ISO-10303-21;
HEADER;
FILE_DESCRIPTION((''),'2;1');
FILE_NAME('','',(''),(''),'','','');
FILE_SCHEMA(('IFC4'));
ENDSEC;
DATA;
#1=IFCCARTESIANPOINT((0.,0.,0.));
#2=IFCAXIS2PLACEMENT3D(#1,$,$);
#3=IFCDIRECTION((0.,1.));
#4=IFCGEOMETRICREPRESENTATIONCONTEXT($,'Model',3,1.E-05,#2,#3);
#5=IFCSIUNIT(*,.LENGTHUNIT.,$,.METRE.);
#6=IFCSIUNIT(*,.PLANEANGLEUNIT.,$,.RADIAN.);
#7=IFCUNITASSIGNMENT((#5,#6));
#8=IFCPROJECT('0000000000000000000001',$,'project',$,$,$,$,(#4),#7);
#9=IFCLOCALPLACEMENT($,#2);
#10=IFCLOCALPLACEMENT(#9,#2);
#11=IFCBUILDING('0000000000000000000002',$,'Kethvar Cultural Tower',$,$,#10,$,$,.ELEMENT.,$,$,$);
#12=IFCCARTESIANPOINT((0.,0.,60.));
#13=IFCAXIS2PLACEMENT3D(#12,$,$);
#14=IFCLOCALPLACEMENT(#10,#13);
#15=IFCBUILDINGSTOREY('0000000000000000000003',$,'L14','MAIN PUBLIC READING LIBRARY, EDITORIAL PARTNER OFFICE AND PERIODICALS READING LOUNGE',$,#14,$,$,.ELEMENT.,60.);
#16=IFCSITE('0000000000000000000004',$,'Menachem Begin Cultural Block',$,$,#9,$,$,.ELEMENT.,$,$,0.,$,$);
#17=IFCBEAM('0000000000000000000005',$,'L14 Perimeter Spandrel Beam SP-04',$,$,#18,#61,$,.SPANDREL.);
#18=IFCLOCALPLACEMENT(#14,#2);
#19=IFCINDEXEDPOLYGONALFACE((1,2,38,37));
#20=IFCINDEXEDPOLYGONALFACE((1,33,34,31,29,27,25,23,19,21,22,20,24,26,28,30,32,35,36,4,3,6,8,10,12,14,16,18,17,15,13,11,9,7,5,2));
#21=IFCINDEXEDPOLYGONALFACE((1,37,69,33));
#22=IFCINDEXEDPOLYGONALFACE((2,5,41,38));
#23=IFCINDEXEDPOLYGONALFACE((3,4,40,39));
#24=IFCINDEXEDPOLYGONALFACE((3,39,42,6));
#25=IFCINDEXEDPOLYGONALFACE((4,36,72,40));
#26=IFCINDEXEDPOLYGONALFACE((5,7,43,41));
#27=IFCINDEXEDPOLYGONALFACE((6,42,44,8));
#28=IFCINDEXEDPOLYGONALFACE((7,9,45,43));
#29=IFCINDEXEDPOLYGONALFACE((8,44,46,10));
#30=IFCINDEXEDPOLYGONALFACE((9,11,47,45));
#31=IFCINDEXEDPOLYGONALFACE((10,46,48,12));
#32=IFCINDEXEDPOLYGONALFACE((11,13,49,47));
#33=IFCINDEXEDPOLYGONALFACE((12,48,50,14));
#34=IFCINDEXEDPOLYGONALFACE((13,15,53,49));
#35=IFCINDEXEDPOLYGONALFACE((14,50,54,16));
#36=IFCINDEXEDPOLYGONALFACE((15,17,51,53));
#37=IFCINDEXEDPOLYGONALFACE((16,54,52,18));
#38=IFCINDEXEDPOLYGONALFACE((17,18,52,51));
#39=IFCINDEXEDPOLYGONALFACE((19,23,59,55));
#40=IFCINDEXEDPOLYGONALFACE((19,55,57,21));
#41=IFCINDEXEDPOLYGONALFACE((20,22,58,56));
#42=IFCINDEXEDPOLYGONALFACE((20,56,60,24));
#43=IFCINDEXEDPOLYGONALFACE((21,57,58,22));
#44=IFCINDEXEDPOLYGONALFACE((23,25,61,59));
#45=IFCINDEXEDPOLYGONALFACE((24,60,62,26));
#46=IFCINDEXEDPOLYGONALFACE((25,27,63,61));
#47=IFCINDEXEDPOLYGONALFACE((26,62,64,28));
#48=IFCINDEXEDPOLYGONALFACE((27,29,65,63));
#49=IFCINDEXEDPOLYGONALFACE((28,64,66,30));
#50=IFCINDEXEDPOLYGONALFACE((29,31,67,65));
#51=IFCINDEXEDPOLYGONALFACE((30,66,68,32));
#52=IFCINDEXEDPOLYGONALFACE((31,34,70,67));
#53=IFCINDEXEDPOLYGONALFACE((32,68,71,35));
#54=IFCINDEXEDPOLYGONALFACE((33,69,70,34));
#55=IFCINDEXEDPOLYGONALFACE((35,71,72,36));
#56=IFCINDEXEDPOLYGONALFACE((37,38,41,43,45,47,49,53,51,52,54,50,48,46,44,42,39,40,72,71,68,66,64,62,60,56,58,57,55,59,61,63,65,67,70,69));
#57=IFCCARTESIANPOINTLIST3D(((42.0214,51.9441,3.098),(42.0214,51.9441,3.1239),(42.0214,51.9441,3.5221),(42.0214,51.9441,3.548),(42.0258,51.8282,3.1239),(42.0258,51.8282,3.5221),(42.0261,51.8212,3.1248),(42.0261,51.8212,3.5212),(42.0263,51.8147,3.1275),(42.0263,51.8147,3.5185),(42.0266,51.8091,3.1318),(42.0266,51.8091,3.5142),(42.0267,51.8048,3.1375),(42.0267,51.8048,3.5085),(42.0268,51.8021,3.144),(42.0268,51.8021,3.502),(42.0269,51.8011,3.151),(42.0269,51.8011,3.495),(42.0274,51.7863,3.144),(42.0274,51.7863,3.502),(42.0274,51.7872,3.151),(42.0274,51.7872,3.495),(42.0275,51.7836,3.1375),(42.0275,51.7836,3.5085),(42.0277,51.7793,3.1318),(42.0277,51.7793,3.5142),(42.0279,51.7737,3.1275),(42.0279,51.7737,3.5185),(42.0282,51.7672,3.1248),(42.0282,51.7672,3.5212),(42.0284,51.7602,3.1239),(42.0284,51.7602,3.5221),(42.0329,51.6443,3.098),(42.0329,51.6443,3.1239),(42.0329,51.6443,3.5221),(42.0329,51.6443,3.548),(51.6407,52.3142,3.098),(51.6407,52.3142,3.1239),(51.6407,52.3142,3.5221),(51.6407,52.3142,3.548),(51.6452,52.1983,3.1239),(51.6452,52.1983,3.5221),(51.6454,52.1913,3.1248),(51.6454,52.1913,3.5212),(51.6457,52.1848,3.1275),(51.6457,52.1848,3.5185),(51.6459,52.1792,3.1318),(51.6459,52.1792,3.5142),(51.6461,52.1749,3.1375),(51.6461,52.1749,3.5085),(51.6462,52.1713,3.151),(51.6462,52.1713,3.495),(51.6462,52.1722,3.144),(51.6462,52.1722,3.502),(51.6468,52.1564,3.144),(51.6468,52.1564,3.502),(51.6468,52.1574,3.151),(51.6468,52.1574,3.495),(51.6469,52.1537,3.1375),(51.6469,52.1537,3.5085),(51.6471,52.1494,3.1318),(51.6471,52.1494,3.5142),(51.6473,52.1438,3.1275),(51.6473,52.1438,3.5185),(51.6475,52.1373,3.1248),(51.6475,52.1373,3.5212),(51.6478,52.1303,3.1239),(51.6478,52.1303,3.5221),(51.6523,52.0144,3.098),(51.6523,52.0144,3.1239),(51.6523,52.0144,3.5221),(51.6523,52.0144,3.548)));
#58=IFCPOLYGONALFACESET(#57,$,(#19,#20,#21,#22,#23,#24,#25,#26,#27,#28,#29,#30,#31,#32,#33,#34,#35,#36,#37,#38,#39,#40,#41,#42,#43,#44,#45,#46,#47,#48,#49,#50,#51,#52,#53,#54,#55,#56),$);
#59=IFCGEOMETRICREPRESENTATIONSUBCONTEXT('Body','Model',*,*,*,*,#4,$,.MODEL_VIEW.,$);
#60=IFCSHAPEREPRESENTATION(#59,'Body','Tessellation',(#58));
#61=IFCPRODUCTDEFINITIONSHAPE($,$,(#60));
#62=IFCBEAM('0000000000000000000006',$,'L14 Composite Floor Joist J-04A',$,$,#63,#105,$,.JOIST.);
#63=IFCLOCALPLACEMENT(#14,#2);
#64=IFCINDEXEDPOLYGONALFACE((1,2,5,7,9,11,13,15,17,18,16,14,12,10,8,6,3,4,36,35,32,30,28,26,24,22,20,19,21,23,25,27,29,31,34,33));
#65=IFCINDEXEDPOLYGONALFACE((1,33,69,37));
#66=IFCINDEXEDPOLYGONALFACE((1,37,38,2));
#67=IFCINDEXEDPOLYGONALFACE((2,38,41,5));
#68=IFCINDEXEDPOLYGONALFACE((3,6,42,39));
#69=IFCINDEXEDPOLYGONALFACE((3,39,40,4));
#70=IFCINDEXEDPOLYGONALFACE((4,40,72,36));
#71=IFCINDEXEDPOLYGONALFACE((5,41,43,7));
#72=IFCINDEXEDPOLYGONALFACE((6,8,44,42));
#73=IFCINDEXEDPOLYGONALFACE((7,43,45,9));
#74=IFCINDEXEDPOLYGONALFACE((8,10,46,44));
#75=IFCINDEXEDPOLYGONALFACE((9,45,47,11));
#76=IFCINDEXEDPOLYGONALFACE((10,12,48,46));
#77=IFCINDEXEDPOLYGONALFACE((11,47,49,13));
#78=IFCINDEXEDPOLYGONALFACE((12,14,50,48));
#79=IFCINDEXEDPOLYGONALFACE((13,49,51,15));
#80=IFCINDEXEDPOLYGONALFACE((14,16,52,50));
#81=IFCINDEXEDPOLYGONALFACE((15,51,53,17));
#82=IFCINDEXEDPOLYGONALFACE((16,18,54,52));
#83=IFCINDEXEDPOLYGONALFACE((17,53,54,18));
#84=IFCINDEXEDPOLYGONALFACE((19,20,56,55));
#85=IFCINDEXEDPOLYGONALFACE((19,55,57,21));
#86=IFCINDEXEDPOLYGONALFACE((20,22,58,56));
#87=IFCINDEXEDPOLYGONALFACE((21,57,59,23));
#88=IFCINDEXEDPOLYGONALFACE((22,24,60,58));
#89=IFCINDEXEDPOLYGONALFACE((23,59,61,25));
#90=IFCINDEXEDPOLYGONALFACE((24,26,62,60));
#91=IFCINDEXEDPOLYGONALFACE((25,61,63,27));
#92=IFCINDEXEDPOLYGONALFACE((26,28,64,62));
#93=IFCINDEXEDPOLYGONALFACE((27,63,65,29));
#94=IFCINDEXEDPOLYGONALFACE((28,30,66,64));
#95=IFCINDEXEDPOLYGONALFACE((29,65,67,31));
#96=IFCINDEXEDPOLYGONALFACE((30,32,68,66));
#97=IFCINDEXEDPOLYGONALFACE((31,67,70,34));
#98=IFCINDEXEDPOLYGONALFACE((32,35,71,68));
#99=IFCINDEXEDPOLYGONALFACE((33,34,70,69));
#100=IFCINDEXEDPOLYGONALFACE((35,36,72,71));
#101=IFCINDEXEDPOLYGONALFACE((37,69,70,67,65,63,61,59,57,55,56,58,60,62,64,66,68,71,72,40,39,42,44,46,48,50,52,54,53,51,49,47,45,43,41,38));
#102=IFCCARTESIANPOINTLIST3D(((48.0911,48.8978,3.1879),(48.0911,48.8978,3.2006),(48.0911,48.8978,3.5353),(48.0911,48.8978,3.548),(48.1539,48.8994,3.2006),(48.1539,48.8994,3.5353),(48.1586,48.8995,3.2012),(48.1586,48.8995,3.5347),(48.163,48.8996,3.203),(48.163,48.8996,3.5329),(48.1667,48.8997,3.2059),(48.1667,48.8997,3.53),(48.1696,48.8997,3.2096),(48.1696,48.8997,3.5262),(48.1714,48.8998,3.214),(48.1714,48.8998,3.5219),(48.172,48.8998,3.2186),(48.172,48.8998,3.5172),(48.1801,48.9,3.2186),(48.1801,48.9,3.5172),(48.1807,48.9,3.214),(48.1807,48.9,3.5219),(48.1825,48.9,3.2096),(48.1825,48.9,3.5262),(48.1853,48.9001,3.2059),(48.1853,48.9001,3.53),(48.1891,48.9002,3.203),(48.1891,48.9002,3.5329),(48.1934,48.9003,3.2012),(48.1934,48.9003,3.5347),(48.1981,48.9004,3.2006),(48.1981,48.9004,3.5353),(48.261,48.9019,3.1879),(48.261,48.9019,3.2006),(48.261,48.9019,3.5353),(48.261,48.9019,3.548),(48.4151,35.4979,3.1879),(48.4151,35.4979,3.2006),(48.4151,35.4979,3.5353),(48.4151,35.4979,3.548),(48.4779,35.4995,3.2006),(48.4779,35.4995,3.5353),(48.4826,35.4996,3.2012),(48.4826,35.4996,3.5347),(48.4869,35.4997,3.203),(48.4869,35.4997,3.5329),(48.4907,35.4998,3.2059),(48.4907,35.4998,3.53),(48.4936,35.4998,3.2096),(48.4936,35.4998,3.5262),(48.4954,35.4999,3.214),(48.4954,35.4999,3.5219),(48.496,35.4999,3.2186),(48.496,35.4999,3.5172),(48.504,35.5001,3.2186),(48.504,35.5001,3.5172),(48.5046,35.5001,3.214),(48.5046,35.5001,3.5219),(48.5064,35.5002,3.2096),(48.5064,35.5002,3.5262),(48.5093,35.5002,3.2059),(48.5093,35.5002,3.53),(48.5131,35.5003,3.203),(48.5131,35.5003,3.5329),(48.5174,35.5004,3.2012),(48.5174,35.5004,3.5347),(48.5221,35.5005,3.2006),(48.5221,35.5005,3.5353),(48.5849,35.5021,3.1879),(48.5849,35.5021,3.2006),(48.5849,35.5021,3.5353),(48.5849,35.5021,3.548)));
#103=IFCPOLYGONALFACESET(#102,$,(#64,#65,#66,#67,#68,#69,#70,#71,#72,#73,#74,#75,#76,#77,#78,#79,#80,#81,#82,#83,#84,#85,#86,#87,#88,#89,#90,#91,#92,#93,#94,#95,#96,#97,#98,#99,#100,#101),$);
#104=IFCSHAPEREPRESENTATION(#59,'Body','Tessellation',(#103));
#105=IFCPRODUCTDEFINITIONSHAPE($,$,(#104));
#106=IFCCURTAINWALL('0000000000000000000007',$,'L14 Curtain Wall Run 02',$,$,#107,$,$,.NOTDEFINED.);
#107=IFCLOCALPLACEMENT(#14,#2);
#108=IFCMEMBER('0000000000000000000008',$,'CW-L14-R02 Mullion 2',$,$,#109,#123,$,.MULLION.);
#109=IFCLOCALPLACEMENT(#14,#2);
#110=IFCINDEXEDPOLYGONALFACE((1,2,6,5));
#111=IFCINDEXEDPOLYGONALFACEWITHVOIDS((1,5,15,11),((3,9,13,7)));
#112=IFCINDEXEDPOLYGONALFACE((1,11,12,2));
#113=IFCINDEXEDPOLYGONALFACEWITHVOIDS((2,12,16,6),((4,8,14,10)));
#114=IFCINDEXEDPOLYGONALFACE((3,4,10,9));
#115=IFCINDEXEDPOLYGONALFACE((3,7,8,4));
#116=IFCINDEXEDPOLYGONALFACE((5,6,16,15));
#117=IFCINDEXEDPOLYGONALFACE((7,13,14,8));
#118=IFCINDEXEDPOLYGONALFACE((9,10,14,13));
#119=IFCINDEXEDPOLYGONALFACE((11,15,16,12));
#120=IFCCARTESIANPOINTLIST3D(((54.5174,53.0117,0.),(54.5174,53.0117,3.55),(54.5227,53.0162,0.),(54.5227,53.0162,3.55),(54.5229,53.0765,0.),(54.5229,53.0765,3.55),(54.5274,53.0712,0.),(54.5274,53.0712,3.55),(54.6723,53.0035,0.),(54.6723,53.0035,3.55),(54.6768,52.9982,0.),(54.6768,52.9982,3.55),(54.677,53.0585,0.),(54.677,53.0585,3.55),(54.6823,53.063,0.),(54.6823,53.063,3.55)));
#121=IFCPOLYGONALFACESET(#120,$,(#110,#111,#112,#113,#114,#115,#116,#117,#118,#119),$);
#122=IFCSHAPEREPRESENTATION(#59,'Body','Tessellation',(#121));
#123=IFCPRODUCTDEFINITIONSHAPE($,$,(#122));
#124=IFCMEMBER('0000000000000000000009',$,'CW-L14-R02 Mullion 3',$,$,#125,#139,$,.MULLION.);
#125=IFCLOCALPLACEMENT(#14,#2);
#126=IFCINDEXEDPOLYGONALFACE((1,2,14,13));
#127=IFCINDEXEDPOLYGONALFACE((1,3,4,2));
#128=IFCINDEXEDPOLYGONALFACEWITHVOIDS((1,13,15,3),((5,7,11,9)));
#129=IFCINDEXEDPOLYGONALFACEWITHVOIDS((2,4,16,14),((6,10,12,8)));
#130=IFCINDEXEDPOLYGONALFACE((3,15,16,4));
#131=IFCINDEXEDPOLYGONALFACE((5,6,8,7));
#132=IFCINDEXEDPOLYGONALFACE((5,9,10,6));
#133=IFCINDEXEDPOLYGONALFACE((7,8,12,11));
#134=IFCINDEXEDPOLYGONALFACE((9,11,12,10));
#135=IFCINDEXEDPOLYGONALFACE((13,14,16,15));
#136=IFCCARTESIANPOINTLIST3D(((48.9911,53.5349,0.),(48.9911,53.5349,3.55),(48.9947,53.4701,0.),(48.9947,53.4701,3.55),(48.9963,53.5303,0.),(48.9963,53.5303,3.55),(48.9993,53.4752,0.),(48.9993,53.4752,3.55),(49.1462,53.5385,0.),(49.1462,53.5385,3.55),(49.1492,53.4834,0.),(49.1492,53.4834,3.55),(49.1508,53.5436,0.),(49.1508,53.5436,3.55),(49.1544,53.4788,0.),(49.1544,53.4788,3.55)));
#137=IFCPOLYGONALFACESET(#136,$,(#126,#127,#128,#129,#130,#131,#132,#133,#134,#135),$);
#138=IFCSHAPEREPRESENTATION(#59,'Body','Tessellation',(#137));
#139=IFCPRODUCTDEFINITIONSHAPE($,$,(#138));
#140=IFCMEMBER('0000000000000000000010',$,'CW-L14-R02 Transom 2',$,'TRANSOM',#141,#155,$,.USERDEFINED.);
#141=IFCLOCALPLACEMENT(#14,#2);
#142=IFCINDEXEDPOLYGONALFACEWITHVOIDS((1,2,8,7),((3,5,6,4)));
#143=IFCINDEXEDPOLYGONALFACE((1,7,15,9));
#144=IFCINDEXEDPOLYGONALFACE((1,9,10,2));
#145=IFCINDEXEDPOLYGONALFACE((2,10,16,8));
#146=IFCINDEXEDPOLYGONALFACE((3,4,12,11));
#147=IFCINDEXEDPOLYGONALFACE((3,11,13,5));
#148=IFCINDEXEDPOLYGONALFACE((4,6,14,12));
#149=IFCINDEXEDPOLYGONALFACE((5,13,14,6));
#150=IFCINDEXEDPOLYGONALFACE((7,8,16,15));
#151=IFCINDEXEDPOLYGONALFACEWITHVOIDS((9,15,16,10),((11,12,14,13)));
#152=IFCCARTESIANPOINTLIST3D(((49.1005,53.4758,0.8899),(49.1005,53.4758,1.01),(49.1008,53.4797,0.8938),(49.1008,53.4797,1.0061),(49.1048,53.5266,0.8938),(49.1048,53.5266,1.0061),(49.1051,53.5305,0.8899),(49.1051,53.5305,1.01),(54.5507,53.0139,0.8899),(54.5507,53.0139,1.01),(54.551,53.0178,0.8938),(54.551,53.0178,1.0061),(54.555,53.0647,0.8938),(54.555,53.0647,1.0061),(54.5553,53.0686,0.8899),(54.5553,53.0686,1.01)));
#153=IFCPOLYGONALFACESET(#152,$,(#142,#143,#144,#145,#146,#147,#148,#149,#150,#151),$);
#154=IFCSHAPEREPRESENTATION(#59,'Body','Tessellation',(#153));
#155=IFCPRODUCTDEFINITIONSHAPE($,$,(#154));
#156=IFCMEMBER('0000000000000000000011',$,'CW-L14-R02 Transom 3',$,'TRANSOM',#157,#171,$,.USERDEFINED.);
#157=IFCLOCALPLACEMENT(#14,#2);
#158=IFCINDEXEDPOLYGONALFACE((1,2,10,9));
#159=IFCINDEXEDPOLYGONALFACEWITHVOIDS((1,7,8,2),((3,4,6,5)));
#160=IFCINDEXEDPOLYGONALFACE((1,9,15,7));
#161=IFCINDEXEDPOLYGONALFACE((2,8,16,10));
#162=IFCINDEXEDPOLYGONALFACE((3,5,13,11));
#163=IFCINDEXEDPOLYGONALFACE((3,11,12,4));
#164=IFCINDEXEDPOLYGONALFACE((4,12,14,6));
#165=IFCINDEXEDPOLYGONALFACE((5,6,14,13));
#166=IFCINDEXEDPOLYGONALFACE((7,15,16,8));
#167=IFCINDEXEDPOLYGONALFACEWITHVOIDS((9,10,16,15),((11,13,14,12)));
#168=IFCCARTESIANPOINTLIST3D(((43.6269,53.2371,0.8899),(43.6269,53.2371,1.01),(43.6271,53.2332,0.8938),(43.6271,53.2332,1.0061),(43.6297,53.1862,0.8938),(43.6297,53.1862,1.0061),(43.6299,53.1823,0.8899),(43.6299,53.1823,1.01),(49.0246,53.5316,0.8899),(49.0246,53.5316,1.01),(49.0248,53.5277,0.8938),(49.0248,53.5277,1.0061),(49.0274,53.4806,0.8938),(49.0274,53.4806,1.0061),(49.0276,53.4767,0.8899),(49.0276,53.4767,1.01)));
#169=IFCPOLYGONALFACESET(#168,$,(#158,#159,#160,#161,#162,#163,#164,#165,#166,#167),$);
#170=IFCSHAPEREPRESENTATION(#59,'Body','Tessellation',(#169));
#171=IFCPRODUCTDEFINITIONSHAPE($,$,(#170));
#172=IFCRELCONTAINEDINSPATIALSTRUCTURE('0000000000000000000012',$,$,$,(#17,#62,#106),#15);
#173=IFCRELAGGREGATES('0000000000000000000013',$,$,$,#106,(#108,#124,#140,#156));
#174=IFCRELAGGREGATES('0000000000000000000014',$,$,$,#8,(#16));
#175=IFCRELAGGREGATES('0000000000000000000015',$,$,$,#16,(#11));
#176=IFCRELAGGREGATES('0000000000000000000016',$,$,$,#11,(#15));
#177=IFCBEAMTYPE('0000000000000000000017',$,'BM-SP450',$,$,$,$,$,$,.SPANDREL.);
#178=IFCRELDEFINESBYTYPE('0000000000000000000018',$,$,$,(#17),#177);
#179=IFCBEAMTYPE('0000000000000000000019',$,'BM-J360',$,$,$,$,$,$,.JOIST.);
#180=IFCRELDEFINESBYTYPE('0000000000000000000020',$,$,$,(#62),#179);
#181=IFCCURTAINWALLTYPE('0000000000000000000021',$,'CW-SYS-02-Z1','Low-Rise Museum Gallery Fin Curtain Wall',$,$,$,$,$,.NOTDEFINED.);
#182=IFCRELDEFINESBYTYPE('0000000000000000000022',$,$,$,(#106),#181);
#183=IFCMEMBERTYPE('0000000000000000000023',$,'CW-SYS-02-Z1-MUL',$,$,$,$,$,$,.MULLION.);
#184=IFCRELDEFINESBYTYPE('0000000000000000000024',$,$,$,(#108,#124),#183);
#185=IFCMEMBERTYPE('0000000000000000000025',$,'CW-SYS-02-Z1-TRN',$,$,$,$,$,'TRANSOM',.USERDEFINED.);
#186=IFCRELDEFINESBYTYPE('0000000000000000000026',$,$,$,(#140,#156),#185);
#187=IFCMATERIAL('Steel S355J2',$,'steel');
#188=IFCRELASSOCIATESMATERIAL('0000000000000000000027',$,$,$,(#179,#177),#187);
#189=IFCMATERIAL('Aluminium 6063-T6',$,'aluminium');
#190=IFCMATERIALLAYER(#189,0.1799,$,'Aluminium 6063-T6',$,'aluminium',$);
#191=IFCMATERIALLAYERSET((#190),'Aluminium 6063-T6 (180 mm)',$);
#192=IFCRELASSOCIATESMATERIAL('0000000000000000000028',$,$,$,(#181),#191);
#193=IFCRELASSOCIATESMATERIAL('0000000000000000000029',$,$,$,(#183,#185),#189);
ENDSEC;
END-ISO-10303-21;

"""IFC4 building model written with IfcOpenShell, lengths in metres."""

from ifc_helpers import new_model, si_unit, direction, frame, origin, origin_2d, place, context, subcontext, project, spatial, hollow_rectangle, i_section, extrude, source, transform, mapped, material, layer, layer_set, material_profile, profile_set, type_object, element, aggregate, save


model = new_model("IFC4")

# Units and contexts
model_context = context("Model", 3, precision=1e-05, world=origin(), true_north=direction((0.0, 1.0)))
body_context = subcontext(model_context, "Body", "Model", "MODEL_VIEW")
ifc_project = project(units=[si_unit("LENGTHUNIT", "METRE"), si_unit("PLANEANGLEUNIT", "RADIAN")], contexts=[model_context])

# Site, building, storey
site_placement = place(None, origin())
site = spatial("IfcSite", under=ifc_project, at=site_placement, Name="Menachem Begin Cultural Block", CompositionType="ELEMENT", RefElevation=0.0)
building_placement = place(site_placement, origin())
building = spatial("IfcBuilding", under=site, at=building_placement, Name="Kethvar Cultural Tower", CompositionType="ELEMENT")
storey_placement = place(building_placement, frame((0.0, 0.0, 60.0)))
storey = spatial("IfcBuildingStorey", under=building, at=storey_placement, Name="L14", Description="MAIN PUBLIC READING LIBRARY, EDITORIAL PARTNER OFFICE AND PERIODICALS READING LOUNGE", CompositionType="ELEMENT", Elevation=60.0)

# Beams
ifc_material_1 = material(Name="Steel S355J2", Category="steel")
ifc_material_profile_1 = material_profile(ifc_material_1, i_section(OverallWidth=0.1699, OverallDepth=0.3601, WebThickness=0.0081, FlangeThickness=0.0127, FilletRadius=0.0181, at=origin_2d()), Name="Steel S355J2 — IPE360")
ifc_profile_set_1 = profile_set([ifc_material_profile_1], Name="Steel S355J2 — IPE360")
beam_type_1 = type_object("IfcBeamType", Name="BM-J360", PredefinedType="JOIST", material=ifc_profile_set_1)
ifc_material_profile_2 = material_profile(ifc_material_1, i_section(OverallWidth=0.3, OverallDepth=0.45, WebThickness=0.0139, FlangeThickness=0.0259, FilletRadius=0.0271, at=origin_2d()), Name="Steel S355J2 — HEB450")
ifc_profile_set_2 = profile_set([ifc_material_profile_2], Name="Steel S355J2 — HEB450")
beam_type_2 = type_object("IfcBeamType", Name="BM-SP450", PredefinedType="SPANDREL", material=ifc_profile_set_2)
shared_shape_1 = source(origin(), body_context, "Body", "SweptSolid", [
    extrude(i_section(OverallWidth=0.3, OverallDepth=0.45, WebThickness=0.0139, FlangeThickness=0.0259, FilletRadius=0.0271, at=origin_2d()), origin(), (0.0, 0.0, 1.0), 9.6265),
])
beam_1_placement = place(storey_placement, frame((51.6465, 52.1643, 3.323), z_axis=(-0.999261, -0.038448, 0.0), x_axis=(0.038448, -0.999261, 0.0)))
element("IfcBeam", 1, at=beam_1_placement, inside=storey, type_object=beam_type_2, Name="L14 Perimeter Spandrel Beam SP-04", PredefinedType="SPANDREL", context=body_context, shape_type="MappedRepresentation", body=[
    mapped(shared_shape_1, transform((0.0, 0.0, 0.0), scale=1.0)),
])
shared_shape_2 = source(origin(), body_context, "Body", "SweptSolid", [
    extrude(i_section(OverallWidth=0.1699, OverallDepth=0.3601, WebThickness=0.0081, FlangeThickness=0.0127, FilletRadius=0.0181, at=origin_2d()), origin(), (0.0, 0.0, 1.0), 13.4038),
])
beam_2_placement = place(storey_placement, frame((48.5, 35.5, 3.3679), z_axis=(-0.02417, 0.999708, 0.0), x_axis=(-0.999708, -0.02417, 0.0)))
element("IfcBeam", 2, at=beam_2_placement, inside=storey, type_object=beam_type_1, Name="L14 Composite Floor Joist J-04A", PredefinedType="JOIST", context=body_context, shape_type="MappedRepresentation", body=[
    mapped(shared_shape_2, transform((0.0, 0.0, 0.0), scale=1.0)),
])

# Curtain wall, members
ifc_material_2 = material(Name="Aluminium 6063-T6", Category="aluminium")
ifc_layer_1 = layer(ifc_material_2, 0.1799, Name="Aluminium 6063-T6", Category="aluminium")
ifc_layer_set_1 = layer_set([ifc_layer_1], Name="Aluminium 6063-T6 (180 mm)")
curtain_wall_type = type_object("IfcCurtainWallType", Name="CW-SYS-02-Z1", Description="Low-Rise Museum Gallery Fin Curtain Wall", PredefinedType="NOTDEFINED", material=ifc_layer_set_1)
curtain_wall_placement = place(storey_placement, origin())
curtain_wall = element("IfcCurtainWall", 3, at=curtain_wall_placement, inside=storey, type_object=curtain_wall_type, Name="L14 Curtain Wall Run 02", PredefinedType="NOTDEFINED")
ifc_material_profile_3 = material_profile(ifc_material_2, hollow_rectangle(XDim=0.0649, YDim=0.1599, WallThickness=0.0049, at=origin_2d()), Name="Aluminium 6063-T6 — RHS160x65x5")
ifc_profile_set_3 = profile_set([ifc_material_profile_3], Name="Aluminium 6063-T6 — RHS160x65x5")
member_type_1 = type_object("IfcMemberType", Name="CW-SYS-02-Z1-MUL", PredefinedType="MULLION", material=ifc_profile_set_3)
shared_shape_3 = source(origin(), body_context, "Body", "SweptSolid", [
    extrude(hollow_rectangle(XDim=0.0649, YDim=0.1599, WallThickness=0.0049, at=origin_2d()), origin(), (0.0, 0.0, 1.0), 3.55),
])
member_1_placement = place(storey_placement, frame((54.5999, 53.0374, 0.0), z_axis=(0.0, 0.0, 1.0), x_axis=(-0.084426, -0.99643, 0.0)))
member_1 = element("IfcMember", 4, at=member_1_placement, type_object=member_type_1, Name="CW-L14-R02 Mullion 2", PredefinedType="MULLION", context=body_context, shape_type="MappedRepresentation", body=[
    mapped(shared_shape_3, transform((0.0, 0.0, 0.0), scale=1.0)),
])
member_2_placement = place(storey_placement, frame((49.0728, 53.5068, 0.0), z_axis=(0.0, 0.0, 1.0), x_axis=(0.054497, -0.998514, 0.0)))
member_2 = element("IfcMember", 5, at=member_2_placement, type_object=member_type_1, Name="CW-L14-R02 Mullion 3", PredefinedType="MULLION", context=body_context, shape_type="MappedRepresentation", body=[
    mapped(shared_shape_3, transform((0.0, 0.0, 0.0), scale=1.0)),
])
ifc_material_profile_4 = material_profile(ifc_material_2, hollow_rectangle(XDim=0.0549, YDim=0.1201, WallThickness=0.0039, at=origin_2d()), Name="Aluminium 6063-T6 — RHS120x55x4")
ifc_profile_set_4 = profile_set([ifc_material_profile_4], Name="Aluminium 6063-T6 — RHS120x55x4")
member_type_2 = type_object("IfcMemberType", Name="CW-SYS-02-Z1-TRN", ElementType="TRANSOM", PredefinedType="USERDEFINED", material=ifc_profile_set_4)
shared_shape_4 = source(origin(), body_context, "Body", "SweptSolid", [
    extrude(hollow_rectangle(XDim=0.0549, YDim=0.1201, WallThickness=0.0039, at=origin_2d()), origin(), (0.0, 0.0, 1.0), 5.4697),
])
member_3_placement = place(storey_placement, frame((54.553, 53.0413, 0.95), z_axis=(-0.996428, 0.084449, 0.0), x_axis=(-0.084449, -0.996428, 0.0)))
member_3 = element("IfcMember", 6, at=member_3_placement, type_object=member_type_2, Name="CW-L14-R02 Transom 2", ObjectType="TRANSOM", PredefinedType="USERDEFINED", context=body_context, shape_type="MappedRepresentation", body=[
    mapped(shared_shape_4, transform((0.0, 0.0, 0.0), scale=1.0)),
])
shared_shape_5 = source(origin(), body_context, "Body", "SweptSolid", [
    extrude(hollow_rectangle(XDim=0.0549, YDim=0.1201, WallThickness=0.0039, at=origin_2d()), origin(), (0.0, 0.0, 1.0), 5.4058),
])
member_4_placement = place(storey_placement, frame((49.0261, 53.5042, 0.95), z_axis=(-0.998516, -0.054467, 0.0), x_axis=(0.054467, -0.998516, 0.0)))
member_4 = element("IfcMember", 7, at=member_4_placement, type_object=member_type_2, Name="CW-L14-R02 Transom 3", ObjectType="TRANSOM", PredefinedType="USERDEFINED", context=body_context, shape_type="MappedRepresentation", body=[
    mapped(shared_shape_5, transform((0.0, 0.0, 0.0), scale=1.0)),
])
aggregate(curtain_wall, [member_1, member_2, member_3, member_4])

save(model, "model.ifc")
